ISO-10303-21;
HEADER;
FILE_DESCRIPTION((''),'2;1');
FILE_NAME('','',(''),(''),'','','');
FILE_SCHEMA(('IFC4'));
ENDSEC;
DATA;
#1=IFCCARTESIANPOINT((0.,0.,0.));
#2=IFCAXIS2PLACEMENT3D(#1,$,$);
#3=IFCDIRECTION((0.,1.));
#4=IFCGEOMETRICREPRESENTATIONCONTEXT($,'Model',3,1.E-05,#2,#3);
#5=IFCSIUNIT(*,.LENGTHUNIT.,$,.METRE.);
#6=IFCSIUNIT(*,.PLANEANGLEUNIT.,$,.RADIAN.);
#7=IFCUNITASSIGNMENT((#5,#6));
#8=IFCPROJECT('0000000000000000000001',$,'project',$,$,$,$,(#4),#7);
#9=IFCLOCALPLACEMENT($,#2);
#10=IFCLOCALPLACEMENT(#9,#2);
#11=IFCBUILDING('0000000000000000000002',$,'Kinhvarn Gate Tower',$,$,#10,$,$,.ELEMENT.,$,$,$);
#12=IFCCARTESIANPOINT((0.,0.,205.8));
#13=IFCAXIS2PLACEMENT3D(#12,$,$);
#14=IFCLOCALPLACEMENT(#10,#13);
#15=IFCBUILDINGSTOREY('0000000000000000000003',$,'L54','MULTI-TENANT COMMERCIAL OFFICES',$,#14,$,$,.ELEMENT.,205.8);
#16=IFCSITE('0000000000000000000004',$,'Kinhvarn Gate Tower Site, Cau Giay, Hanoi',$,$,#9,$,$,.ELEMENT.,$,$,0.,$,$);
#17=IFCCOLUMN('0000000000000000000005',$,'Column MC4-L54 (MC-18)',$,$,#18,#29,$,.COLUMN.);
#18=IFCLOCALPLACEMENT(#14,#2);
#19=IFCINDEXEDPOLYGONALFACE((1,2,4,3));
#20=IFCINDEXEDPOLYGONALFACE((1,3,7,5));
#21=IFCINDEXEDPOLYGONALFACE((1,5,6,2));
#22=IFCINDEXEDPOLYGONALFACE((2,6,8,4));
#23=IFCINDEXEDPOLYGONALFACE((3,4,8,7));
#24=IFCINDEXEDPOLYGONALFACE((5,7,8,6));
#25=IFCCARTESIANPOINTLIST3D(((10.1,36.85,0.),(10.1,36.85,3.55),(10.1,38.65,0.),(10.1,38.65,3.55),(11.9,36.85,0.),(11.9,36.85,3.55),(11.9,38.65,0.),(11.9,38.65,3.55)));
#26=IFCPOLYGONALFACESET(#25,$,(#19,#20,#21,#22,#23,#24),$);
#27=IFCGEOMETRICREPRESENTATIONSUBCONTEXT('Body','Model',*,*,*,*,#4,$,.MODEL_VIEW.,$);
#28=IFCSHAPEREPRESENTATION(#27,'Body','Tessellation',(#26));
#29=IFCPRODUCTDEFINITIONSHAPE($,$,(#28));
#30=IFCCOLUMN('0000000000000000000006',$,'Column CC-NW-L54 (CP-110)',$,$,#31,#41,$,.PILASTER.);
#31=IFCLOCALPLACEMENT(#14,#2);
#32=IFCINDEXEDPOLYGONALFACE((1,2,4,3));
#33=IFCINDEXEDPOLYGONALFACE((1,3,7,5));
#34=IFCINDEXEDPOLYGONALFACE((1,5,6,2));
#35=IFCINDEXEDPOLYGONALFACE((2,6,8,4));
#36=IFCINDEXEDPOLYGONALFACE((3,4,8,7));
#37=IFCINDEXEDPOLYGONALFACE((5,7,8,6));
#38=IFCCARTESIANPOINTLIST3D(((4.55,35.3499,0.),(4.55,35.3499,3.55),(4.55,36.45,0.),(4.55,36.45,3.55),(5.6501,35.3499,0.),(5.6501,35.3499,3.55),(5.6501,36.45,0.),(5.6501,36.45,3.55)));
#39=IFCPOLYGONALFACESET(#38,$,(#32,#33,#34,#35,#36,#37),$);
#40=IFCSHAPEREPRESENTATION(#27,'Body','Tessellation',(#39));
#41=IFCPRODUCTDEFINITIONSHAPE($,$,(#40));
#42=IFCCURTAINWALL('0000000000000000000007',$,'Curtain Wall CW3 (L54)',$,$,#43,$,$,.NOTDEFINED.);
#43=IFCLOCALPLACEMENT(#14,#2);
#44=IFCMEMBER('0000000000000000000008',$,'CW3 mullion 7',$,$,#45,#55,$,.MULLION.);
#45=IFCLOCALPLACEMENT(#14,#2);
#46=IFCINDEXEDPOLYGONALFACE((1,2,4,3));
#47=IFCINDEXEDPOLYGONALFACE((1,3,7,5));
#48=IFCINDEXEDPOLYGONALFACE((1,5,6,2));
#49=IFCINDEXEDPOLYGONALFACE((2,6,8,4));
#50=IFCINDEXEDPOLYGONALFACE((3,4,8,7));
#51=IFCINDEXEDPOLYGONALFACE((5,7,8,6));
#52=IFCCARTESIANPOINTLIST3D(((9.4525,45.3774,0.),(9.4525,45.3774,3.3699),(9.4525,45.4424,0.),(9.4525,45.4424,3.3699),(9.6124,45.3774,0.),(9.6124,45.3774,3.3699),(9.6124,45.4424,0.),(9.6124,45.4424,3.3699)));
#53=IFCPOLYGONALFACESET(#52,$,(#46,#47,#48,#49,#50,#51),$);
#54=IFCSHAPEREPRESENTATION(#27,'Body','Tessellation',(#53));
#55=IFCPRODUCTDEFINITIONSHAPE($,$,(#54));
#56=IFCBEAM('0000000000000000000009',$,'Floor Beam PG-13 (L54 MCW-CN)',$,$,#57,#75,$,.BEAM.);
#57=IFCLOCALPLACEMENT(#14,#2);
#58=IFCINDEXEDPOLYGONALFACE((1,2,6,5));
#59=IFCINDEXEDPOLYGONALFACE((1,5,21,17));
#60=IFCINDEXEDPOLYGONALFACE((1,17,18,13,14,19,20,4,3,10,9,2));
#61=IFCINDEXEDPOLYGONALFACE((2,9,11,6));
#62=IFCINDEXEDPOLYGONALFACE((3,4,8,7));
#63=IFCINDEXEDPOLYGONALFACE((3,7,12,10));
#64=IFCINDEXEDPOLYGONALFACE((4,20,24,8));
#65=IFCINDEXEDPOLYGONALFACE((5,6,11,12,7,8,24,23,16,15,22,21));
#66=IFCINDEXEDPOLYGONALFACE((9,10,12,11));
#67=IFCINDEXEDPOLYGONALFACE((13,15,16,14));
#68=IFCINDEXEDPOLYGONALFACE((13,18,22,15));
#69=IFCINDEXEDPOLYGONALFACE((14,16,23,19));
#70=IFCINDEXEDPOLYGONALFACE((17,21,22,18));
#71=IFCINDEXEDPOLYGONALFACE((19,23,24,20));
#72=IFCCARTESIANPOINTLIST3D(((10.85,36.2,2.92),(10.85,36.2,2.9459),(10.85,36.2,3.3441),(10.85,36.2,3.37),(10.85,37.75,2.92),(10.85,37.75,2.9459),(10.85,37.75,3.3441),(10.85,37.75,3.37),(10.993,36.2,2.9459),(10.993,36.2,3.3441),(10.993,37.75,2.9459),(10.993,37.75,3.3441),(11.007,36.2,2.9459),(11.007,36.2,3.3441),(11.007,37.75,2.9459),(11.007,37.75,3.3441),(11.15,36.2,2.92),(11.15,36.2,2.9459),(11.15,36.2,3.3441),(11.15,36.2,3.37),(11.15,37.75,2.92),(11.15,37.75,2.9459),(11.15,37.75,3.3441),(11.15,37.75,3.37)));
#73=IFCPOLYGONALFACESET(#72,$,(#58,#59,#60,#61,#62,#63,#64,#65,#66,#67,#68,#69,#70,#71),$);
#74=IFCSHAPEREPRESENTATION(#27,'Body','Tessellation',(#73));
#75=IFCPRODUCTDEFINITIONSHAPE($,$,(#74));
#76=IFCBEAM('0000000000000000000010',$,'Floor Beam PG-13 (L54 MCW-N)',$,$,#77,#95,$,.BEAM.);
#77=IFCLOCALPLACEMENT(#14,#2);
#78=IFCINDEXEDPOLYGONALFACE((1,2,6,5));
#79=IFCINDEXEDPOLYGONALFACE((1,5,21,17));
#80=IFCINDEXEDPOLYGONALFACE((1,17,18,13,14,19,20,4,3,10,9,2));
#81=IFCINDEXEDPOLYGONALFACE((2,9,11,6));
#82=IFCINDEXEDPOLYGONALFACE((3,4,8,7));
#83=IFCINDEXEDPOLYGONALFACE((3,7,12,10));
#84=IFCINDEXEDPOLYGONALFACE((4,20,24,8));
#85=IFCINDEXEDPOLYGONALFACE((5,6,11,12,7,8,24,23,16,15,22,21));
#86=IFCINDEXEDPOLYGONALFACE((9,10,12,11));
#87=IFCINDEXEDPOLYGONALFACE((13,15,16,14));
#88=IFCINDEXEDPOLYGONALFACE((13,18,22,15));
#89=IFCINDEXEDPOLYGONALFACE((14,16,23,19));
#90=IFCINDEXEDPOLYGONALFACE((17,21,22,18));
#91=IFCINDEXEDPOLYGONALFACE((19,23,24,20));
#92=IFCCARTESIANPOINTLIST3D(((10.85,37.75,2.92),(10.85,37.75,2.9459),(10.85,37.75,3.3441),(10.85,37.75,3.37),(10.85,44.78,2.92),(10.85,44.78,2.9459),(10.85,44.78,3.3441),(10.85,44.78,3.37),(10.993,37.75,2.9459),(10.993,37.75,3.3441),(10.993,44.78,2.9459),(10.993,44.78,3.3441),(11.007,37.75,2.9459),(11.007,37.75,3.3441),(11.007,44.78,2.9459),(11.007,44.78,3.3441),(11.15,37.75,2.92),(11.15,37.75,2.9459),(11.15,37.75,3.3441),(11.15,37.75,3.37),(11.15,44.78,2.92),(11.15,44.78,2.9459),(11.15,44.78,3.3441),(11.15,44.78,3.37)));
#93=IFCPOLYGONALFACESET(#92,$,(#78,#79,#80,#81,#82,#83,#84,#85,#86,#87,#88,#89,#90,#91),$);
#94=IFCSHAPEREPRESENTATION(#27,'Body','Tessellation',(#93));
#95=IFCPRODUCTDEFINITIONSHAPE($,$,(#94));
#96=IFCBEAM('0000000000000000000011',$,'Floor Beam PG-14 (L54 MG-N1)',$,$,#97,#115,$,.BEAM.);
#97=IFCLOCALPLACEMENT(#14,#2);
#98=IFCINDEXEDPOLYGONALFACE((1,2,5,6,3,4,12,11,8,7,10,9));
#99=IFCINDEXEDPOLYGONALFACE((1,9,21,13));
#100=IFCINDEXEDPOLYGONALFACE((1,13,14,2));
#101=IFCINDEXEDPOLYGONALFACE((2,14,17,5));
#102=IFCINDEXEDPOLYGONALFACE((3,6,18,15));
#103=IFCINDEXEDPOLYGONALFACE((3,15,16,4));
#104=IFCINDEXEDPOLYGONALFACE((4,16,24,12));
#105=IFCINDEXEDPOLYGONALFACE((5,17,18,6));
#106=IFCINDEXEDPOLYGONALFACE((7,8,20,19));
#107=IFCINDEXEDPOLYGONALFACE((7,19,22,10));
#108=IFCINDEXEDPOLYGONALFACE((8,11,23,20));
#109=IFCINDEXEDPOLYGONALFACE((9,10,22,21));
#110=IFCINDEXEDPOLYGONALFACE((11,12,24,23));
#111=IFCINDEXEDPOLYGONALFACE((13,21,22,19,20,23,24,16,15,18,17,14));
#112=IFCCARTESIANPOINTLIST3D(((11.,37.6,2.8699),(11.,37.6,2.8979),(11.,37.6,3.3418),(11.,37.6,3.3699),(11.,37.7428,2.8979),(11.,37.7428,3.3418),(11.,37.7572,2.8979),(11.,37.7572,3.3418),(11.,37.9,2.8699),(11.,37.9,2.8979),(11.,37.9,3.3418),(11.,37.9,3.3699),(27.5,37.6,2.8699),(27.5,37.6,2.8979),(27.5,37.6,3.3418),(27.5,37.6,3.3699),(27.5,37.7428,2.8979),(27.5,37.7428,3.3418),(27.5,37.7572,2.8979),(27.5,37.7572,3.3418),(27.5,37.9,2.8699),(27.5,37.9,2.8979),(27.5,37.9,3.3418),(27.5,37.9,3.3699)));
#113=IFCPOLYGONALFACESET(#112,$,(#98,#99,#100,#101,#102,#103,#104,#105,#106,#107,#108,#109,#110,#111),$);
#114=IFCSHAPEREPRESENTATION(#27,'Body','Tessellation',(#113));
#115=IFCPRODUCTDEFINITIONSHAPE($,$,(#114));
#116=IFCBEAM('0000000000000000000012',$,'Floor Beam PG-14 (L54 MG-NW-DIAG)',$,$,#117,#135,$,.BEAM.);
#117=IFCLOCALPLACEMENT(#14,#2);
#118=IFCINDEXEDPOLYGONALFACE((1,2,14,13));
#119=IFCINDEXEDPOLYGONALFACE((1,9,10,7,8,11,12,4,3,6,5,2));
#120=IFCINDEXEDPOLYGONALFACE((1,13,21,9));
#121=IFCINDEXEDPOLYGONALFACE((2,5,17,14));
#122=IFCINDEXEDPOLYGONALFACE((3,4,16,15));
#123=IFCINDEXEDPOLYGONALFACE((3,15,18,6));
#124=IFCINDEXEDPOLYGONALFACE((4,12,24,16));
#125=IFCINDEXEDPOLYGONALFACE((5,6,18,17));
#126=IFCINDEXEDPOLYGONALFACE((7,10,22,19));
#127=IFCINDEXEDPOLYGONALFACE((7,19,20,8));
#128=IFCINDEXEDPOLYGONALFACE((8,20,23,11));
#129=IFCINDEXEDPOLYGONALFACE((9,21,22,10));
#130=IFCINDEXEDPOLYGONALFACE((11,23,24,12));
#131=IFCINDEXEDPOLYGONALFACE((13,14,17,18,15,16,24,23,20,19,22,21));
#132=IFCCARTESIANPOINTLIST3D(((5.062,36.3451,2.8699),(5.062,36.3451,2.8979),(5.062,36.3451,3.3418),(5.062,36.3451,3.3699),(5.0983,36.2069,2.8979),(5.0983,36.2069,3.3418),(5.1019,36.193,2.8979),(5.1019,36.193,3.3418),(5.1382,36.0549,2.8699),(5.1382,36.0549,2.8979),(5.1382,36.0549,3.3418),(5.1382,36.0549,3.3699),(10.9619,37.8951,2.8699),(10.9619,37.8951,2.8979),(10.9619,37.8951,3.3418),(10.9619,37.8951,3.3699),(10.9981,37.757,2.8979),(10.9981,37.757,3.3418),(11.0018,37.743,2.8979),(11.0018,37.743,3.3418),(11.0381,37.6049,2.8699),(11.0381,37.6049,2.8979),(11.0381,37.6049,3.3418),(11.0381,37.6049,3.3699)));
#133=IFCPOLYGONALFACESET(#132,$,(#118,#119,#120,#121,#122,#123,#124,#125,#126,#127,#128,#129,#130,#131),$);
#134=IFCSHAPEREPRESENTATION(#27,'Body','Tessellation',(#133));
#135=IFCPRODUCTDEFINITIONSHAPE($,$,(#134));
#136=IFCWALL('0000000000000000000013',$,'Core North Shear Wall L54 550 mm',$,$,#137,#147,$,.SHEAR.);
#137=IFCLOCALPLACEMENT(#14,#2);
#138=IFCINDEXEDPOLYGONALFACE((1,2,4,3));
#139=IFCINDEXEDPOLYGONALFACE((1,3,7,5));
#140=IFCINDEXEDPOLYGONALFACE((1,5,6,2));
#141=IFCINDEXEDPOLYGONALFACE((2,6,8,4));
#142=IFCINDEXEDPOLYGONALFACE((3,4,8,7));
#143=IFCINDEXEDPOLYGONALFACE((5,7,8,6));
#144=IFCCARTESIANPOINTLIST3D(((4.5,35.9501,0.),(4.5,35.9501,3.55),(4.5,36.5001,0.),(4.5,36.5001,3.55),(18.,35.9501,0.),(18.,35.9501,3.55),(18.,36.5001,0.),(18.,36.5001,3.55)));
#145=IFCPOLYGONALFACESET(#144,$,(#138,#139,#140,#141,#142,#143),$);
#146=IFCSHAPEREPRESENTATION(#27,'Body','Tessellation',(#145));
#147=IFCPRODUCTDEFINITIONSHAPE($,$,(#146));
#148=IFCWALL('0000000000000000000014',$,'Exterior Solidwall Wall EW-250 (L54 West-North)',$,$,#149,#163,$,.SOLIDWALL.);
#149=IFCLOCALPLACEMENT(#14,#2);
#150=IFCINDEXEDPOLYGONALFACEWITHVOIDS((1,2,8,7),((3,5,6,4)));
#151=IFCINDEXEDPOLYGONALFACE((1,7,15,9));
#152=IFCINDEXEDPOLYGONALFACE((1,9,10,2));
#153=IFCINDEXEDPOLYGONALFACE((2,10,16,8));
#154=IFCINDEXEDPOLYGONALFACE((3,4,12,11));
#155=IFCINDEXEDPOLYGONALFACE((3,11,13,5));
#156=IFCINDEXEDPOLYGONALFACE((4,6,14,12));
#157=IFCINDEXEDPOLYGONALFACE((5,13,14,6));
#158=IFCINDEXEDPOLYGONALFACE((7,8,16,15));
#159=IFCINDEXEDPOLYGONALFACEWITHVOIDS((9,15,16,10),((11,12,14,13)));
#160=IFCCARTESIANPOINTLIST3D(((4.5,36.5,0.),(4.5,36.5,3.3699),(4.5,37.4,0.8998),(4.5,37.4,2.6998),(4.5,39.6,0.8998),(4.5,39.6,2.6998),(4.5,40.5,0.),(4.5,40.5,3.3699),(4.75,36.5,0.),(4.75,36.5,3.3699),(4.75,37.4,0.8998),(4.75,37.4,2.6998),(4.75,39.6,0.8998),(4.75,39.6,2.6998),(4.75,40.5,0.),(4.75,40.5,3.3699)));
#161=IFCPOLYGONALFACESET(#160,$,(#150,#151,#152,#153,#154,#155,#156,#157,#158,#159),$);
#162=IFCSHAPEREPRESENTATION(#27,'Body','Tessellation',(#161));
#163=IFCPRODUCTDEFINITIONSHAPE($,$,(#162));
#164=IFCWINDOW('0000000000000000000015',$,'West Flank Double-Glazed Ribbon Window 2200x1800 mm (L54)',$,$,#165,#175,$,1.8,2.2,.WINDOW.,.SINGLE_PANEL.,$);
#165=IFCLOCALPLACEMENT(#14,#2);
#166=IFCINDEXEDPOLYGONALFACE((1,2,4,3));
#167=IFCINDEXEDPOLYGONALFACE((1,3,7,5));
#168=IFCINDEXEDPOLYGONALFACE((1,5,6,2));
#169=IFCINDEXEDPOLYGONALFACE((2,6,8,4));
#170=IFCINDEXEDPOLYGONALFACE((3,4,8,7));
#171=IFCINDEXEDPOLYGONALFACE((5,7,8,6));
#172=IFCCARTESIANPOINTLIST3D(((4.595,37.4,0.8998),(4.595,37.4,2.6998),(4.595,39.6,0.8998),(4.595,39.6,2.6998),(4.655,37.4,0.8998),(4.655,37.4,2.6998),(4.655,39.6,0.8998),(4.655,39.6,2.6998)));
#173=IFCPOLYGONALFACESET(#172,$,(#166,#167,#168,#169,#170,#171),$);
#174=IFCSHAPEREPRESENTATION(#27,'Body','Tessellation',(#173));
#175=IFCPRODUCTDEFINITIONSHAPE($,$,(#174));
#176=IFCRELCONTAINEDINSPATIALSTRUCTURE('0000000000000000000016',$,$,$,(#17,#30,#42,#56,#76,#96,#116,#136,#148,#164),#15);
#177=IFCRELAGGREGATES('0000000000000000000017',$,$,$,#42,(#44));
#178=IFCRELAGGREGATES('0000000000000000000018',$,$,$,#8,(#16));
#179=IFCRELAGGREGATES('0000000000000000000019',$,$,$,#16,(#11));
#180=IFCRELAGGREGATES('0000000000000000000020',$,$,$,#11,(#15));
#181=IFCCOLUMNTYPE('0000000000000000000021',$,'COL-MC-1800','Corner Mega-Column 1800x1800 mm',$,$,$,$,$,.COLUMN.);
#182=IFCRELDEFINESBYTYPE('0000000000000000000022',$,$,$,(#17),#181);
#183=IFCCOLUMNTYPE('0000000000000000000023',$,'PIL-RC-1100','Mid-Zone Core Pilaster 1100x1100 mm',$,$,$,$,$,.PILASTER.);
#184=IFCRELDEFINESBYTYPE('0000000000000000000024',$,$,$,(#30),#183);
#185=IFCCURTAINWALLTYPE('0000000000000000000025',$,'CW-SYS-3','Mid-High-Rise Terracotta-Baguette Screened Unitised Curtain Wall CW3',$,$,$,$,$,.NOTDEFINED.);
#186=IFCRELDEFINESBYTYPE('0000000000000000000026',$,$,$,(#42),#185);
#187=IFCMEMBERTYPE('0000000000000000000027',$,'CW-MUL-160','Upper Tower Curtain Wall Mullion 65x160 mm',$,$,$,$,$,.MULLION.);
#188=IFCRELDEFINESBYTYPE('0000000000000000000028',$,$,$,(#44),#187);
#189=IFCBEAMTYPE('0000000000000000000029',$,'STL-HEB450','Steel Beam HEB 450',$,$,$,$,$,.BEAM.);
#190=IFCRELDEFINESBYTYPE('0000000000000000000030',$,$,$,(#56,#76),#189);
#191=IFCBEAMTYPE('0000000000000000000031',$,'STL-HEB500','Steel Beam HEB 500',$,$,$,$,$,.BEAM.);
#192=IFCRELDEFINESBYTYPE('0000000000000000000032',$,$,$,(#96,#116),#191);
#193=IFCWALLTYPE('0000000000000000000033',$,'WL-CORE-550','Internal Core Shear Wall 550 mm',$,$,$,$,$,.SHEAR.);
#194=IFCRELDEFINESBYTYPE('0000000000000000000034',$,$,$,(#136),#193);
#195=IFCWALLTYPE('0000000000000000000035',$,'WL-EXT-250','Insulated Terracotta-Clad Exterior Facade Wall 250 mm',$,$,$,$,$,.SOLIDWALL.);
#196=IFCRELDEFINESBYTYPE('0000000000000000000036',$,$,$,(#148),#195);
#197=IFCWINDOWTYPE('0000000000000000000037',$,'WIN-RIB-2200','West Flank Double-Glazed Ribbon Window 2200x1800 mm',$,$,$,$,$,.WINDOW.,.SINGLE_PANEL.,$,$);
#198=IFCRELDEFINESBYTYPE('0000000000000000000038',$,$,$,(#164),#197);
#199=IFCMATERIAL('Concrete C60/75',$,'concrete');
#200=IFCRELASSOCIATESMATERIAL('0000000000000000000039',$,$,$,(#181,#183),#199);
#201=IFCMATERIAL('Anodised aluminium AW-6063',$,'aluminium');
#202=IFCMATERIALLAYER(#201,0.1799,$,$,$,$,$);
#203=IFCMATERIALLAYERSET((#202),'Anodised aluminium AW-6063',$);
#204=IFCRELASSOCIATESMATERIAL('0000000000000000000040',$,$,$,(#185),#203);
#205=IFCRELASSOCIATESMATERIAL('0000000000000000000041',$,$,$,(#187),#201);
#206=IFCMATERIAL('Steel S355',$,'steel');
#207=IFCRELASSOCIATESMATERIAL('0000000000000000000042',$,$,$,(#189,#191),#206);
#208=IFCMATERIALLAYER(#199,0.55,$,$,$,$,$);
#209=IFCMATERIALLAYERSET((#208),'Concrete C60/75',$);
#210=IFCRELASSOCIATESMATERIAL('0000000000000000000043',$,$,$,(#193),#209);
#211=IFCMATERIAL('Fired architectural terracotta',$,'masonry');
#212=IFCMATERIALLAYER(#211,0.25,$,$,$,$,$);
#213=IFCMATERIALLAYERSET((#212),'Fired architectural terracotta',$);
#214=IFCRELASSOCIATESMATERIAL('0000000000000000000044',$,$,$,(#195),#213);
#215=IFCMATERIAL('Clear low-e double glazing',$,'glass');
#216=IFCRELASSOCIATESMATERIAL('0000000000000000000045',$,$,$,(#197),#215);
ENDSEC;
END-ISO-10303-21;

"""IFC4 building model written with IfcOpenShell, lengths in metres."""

from ifc_helpers import new_model, si_unit, direction, frame, frame_2d, origin, origin_2d, place, context, subcontext, project, spatial, rectangle, i_section, extrude, material, layer, layer_set, material_profile, profile_set, type_object, element, fill, aggregate, save


model = new_model("IFC4")

# Units and contexts
model_context = context("Model", 3, precision=1e-05, world=origin(), true_north=direction((0.0, 1.0)))
body_context = subcontext(model_context, "Body", "Model", "MODEL_VIEW")
ifc_project = project(units=[si_unit("LENGTHUNIT", "METRE"), si_unit("PLANEANGLEUNIT", "RADIAN")], contexts=[model_context])

# Site, building, storey
site_placement = place(None, origin())
site = spatial("IfcSite", under=ifc_project, at=site_placement, Name="Kinhvarn Gate Tower Site, Cau Giay, Hanoi", CompositionType="ELEMENT", RefElevation=0.0)
building_placement = place(site_placement, origin())
building = spatial("IfcBuilding", under=site, at=building_placement, Name="Kinhvarn Gate Tower", CompositionType="ELEMENT")
storey_placement = place(building_placement, frame((0.0, 0.0, 205.8)))
storey = spatial("IfcBuildingStorey", under=building, at=storey_placement, Name="L54", Description="MULTI-TENANT COMMERCIAL OFFICES", CompositionType="ELEMENT", Elevation=205.8)

# Columns
ifc_material_1 = material(Name="Concrete C60/75", Category="concrete")
ifc_material_profile_1 = material_profile(ifc_material_1, rectangle(XDim=1.8, YDim=1.8, at=origin_2d()), Name="RC 1800x1800")
ifc_profile_set_1 = profile_set([ifc_material_profile_1], Name="Concrete C60/75")
column_type_1 = type_object("IfcColumnType", Name="COL-MC-1800", Description="Corner Mega-Column 1800x1800 mm", PredefinedType="COLUMN", material=ifc_profile_set_1)
column_1_placement = place(storey_placement, frame((11.0, 37.75, 0.0), z_axis=(0.0, 0.0, 1.0), x_axis=(1.0, 0.0, 0.0)))
element("IfcColumn", 1, at=column_1_placement, inside=storey, type_object=column_type_1, Name="Column MC4-L54 (MC-18)", PredefinedType="COLUMN", context=body_context, shape_type="SweptSolid", body=[
    extrude(rectangle(XDim=1.8, YDim=1.8, at=origin_2d()), origin(), (0.0, 0.0, 1.0), 3.55),
])
ifc_material_profile_2 = material_profile(ifc_material_1, rectangle(XDim=1.1001, YDim=1.1001, at=origin_2d()), Name="RC 1100x1100")
ifc_profile_set_2 = profile_set([ifc_material_profile_2], Name="Concrete C60/75")
column_type_2 = type_object("IfcColumnType", Name="PIL-RC-1100", Description="Mid-Zone Core Pilaster 1100x1100 mm", PredefinedType="PILASTER", material=ifc_profile_set_2)
column_2_placement = place(storey_placement, frame((5.1001, 35.8999, 0.0), z_axis=(0.0, 0.0, 1.0), x_axis=(1.0, 0.0, 0.0)))
element("IfcColumn", 2, at=column_2_placement, inside=storey, type_object=column_type_2, Name="Column CC-NW-L54 (CP-110)", PredefinedType="PILASTER", context=body_context, shape_type="SweptSolid", body=[
    extrude(rectangle(XDim=1.1001, YDim=1.1001, at=origin_2d()), origin(), (0.0, 0.0, 1.0), 3.55),
])

# Curtain wall, member
ifc_material_2 = material(Name="Anodised aluminium AW-6063", Category="aluminium")
ifc_layer_1 = layer(ifc_material_2, 0.1799)
ifc_layer_set_1 = layer_set([ifc_layer_1], Name="Anodised aluminium AW-6063")
curtain_wall_type = type_object("IfcCurtainWallType", Name="CW-SYS-3", Description="Mid-High-Rise Terracotta-Baguette Screened Unitised Curtain Wall CW3", PredefinedType="NOTDEFINED", material=ifc_layer_set_1)
curtain_wall_placement = place(storey_placement, origin())
curtain_wall = element("IfcCurtainWall", 3, at=curtain_wall_placement, inside=storey, type_object=curtain_wall_type, Name="Curtain Wall CW3 (L54)", PredefinedType="NOTDEFINED")
ifc_material_profile_3 = material_profile(ifc_material_2, rectangle(XDim=0.0649, YDim=0.1599, at=origin_2d()), Name="ALU 65x160")
ifc_profile_set_3 = profile_set([ifc_material_profile_3], Name="Anodised aluminium AW-6063")
member_type = type_object("IfcMemberType", Name="CW-MUL-160", Description="Upper Tower Curtain Wall Mullion 65x160 mm", PredefinedType="MULLION", material=ifc_profile_set_3)
member_placement = place(storey_placement, frame((9.5325, 45.4099, 0.0), z_axis=(0.0, 0.0, 1.0), x_axis=(0.0, -1.0, 0.0)))
member = element("IfcMember", 4, at=member_placement, type_object=member_type, Name="CW3 mullion 7", PredefinedType="MULLION", context=body_context, shape_type="SweptSolid", body=[
    extrude(rectangle(XDim=0.0649, YDim=0.1599, at=origin_2d()), origin(), (0.0, 0.0, 1.0), 3.3699),
])
aggregate(curtain_wall, [member])

# Beams
ifc_material_3 = material(Name="Steel S355", Category="steel")
ifc_material_profile_4 = material_profile(ifc_material_3, i_section(OverallWidth=0.3, OverallDepth=0.45, WebThickness=0.0139, FlangeThickness=0.0259, at=origin_2d()), Name="HEB 450")
ifc_profile_set_4 = profile_set([ifc_material_profile_4], Name="Steel S355")
beam_type_1 = type_object("IfcBeamType", Name="STL-HEB450", Description="Steel Beam HEB 450", PredefinedType="BEAM", material=ifc_profile_set_4)
beam_1_placement = place(storey_placement, frame((11.0, 36.2, 3.145), z_axis=(0.0, 1.0, 0.0), x_axis=(-1.0, 0.0, 0.0)))
element("IfcBeam", 5, at=beam_1_placement, inside=storey, type_object=beam_type_1, Name="Floor Beam PG-13 (L54 MCW-CN)", PredefinedType="BEAM", context=body_context, shape_type="SweptSolid", body=[
    extrude(i_section(OverallWidth=0.3, OverallDepth=0.45, WebThickness=0.0139, FlangeThickness=0.0259, at=origin_2d()), origin(), (0.0, 0.0, 1.0), 1.55),
])
beam_2_placement = place(storey_placement, frame((11.0, 37.75, 3.145), z_axis=(0.0, 1.0, 0.0), x_axis=(-1.0, 0.0, 0.0)))
element("IfcBeam", 6, at=beam_2_placement, inside=storey, type_object=beam_type_1, Name="Floor Beam PG-13 (L54 MCW-N)", PredefinedType="BEAM", context=body_context, shape_type="SweptSolid", body=[
    extrude(i_section(OverallWidth=0.3, OverallDepth=0.45, WebThickness=0.0139, FlangeThickness=0.0259, at=origin_2d()), origin(), (0.0, 0.0, 1.0), 7.03),
])
ifc_material_profile_5 = material_profile(ifc_material_3, i_section(OverallWidth=0.3, OverallDepth=0.5, WebThickness=0.0144, FlangeThickness=0.0281, at=origin_2d()), Name="HEB 500")
ifc_profile_set_5 = profile_set([ifc_material_profile_5], Name="Steel S355")
beam_type_2 = type_object("IfcBeamType", Name="STL-HEB500", Description="Steel Beam HEB 500", PredefinedType="BEAM", material=ifc_profile_set_5)
beam_3_placement = place(storey_placement, frame((11.0, 37.75, 3.1199), z_axis=(1.0, 0.0, 0.0), x_axis=(0.0, 1.0, 0.0)))
element("IfcBeam", 7, at=beam_3_placement, inside=storey, type_object=beam_type_2, Name="Floor Beam PG-14 (L54 MG-N1)", PredefinedType="BEAM", context=body_context, shape_type="SweptSolid", body=[
    extrude(i_section(OverallWidth=0.3, OverallDepth=0.5, WebThickness=0.0144, FlangeThickness=0.0281, at=origin_2d()), origin(), (0.0, 0.0, 1.0), 16.5),
])
beam_4_placement = place(storey_placement, frame((5.1001, 36.2, 3.1199), z_axis=(0.967178, 0.254101, 0.0), x_axis=(-0.254101, 0.967178, 0.0)))
element("IfcBeam", 8, at=beam_4_placement, inside=storey, type_object=beam_type_2, Name="Floor Beam PG-14 (L54 MG-NW-DIAG)", PredefinedType="BEAM", context=body_context, shape_type="SweptSolid", body=[
    extrude(i_section(OverallWidth=0.3, OverallDepth=0.5, WebThickness=0.0144, FlangeThickness=0.0281, at=origin_2d()), origin(), (0.0, 0.0, 1.0), 6.1001),
])

# Wall
ifc_layer_2 = layer(ifc_material_1, 0.55)
ifc_layer_set_2 = layer_set([ifc_layer_2], Name="Concrete C60/75")
wall_type_1 = type_object("IfcWallType", Name="WL-CORE-550", Description="Internal Core Shear Wall 550 mm", PredefinedType="SHEAR", material=ifc_layer_set_2)
wall_1_placement = place(storey_placement, frame((4.5, 36.2251, 0.0), z_axis=(0.0, 0.0, 1.0), x_axis=(1.0, 0.0, 0.0)))
element("IfcWall", 9, at=wall_1_placement, inside=storey, type_object=wall_type_1, Name="Core North Shear Wall L54 550 mm", PredefinedType="SHEAR", context=body_context, shape_type="SweptSolid", body=[
    extrude(rectangle(XDim=13.5, YDim=0.55, at=frame_2d((6.75, 0.0))), origin(), (0.0, 0.0, 1.0), 3.55),
])

# Wall, opening, window
ifc_material_4 = material(Name="Fired architectural terracotta", Category="masonry")
ifc_layer_3 = layer(ifc_material_4, 0.25)
ifc_layer_set_3 = layer_set([ifc_layer_3], Name="Fired architectural terracotta")
wall_type_2 = type_object("IfcWallType", Name="WL-EXT-250", Description="Insulated Terracotta-Clad Exterior Facade Wall 250 mm", PredefinedType="SOLIDWALL", material=ifc_layer_set_3)
wall_2_placement = place(storey_placement, frame((4.625, 40.5, 0.0), z_axis=(0.0, 0.0, 1.0), x_axis=(0.0, -1.0, 0.0)))
wall_2 = element("IfcWall", 10, at=wall_2_placement, inside=storey, type_object=wall_type_2, Name="Exterior Solidwall Wall EW-250 (L54 West-North)", PredefinedType="SOLIDWALL", context=body_context, shape_type="SweptSolid", body=[
    extrude(rectangle(XDim=4.0, YDim=0.25, at=frame_2d((2.0, 0.0))), origin(), (0.0, 0.0, 1.0), 3.3699),
])
opening_1_placement = place(wall_2_placement, frame((0.8999, 0.0, 0.8999)))
opening_1 = element("IfcOpeningElement", 11, at=opening_1_placement, cuts=wall_2, PredefinedType="OPENING", context=body_context, shape_type="SweptSolid", body=[
    extrude(rectangle(XDim=2.2, YDim=1.8, at=frame_2d((1.1001, 0.8999))), frame((0.0, 0.135, 0.0), z_axis=(0.0, -1.0, 0.0), x_axis=(1.0, 0.0, 0.0)), (0.0, 0.0, 1.0), 0.27),
])
ifc_material_5 = material(Name="Clear low-e double glazing", Category="glass")
window_type_1 = type_object("IfcWindowType", Name="WIN-RIB-2200", Description="West Flank Double-Glazed Ribbon Window 2200x1800 mm", PartitioningType="SINGLE_PANEL", PredefinedType="WINDOW", material=ifc_material_5)
window_1_placement = place(opening_1_placement, origin())
window_1 = element("IfcWindow", 12, at=window_1_placement, inside=storey, type_object=window_type_1, Name="West Flank Double-Glazed Ribbon Window 2200x1800 mm (L54)", OverallHeight=1.8, OverallWidth=2.2, PartitioningType="SINGLE_PANEL", PredefinedType="WINDOW", context=body_context, shape_type="SweptSolid", body=[
    extrude(rectangle(XDim=2.2, YDim=1.8, at=frame_2d((1.1001, 0.8999))), frame((0.0, 0.03, 0.0), z_axis=(0.0, -1.0, 0.0), x_axis=(1.0, 0.0, 0.0)), (0.0, 0.0, 1.0), 0.0601),
])
fill(opening_1, window_1)

save(model, "model.ifc")
